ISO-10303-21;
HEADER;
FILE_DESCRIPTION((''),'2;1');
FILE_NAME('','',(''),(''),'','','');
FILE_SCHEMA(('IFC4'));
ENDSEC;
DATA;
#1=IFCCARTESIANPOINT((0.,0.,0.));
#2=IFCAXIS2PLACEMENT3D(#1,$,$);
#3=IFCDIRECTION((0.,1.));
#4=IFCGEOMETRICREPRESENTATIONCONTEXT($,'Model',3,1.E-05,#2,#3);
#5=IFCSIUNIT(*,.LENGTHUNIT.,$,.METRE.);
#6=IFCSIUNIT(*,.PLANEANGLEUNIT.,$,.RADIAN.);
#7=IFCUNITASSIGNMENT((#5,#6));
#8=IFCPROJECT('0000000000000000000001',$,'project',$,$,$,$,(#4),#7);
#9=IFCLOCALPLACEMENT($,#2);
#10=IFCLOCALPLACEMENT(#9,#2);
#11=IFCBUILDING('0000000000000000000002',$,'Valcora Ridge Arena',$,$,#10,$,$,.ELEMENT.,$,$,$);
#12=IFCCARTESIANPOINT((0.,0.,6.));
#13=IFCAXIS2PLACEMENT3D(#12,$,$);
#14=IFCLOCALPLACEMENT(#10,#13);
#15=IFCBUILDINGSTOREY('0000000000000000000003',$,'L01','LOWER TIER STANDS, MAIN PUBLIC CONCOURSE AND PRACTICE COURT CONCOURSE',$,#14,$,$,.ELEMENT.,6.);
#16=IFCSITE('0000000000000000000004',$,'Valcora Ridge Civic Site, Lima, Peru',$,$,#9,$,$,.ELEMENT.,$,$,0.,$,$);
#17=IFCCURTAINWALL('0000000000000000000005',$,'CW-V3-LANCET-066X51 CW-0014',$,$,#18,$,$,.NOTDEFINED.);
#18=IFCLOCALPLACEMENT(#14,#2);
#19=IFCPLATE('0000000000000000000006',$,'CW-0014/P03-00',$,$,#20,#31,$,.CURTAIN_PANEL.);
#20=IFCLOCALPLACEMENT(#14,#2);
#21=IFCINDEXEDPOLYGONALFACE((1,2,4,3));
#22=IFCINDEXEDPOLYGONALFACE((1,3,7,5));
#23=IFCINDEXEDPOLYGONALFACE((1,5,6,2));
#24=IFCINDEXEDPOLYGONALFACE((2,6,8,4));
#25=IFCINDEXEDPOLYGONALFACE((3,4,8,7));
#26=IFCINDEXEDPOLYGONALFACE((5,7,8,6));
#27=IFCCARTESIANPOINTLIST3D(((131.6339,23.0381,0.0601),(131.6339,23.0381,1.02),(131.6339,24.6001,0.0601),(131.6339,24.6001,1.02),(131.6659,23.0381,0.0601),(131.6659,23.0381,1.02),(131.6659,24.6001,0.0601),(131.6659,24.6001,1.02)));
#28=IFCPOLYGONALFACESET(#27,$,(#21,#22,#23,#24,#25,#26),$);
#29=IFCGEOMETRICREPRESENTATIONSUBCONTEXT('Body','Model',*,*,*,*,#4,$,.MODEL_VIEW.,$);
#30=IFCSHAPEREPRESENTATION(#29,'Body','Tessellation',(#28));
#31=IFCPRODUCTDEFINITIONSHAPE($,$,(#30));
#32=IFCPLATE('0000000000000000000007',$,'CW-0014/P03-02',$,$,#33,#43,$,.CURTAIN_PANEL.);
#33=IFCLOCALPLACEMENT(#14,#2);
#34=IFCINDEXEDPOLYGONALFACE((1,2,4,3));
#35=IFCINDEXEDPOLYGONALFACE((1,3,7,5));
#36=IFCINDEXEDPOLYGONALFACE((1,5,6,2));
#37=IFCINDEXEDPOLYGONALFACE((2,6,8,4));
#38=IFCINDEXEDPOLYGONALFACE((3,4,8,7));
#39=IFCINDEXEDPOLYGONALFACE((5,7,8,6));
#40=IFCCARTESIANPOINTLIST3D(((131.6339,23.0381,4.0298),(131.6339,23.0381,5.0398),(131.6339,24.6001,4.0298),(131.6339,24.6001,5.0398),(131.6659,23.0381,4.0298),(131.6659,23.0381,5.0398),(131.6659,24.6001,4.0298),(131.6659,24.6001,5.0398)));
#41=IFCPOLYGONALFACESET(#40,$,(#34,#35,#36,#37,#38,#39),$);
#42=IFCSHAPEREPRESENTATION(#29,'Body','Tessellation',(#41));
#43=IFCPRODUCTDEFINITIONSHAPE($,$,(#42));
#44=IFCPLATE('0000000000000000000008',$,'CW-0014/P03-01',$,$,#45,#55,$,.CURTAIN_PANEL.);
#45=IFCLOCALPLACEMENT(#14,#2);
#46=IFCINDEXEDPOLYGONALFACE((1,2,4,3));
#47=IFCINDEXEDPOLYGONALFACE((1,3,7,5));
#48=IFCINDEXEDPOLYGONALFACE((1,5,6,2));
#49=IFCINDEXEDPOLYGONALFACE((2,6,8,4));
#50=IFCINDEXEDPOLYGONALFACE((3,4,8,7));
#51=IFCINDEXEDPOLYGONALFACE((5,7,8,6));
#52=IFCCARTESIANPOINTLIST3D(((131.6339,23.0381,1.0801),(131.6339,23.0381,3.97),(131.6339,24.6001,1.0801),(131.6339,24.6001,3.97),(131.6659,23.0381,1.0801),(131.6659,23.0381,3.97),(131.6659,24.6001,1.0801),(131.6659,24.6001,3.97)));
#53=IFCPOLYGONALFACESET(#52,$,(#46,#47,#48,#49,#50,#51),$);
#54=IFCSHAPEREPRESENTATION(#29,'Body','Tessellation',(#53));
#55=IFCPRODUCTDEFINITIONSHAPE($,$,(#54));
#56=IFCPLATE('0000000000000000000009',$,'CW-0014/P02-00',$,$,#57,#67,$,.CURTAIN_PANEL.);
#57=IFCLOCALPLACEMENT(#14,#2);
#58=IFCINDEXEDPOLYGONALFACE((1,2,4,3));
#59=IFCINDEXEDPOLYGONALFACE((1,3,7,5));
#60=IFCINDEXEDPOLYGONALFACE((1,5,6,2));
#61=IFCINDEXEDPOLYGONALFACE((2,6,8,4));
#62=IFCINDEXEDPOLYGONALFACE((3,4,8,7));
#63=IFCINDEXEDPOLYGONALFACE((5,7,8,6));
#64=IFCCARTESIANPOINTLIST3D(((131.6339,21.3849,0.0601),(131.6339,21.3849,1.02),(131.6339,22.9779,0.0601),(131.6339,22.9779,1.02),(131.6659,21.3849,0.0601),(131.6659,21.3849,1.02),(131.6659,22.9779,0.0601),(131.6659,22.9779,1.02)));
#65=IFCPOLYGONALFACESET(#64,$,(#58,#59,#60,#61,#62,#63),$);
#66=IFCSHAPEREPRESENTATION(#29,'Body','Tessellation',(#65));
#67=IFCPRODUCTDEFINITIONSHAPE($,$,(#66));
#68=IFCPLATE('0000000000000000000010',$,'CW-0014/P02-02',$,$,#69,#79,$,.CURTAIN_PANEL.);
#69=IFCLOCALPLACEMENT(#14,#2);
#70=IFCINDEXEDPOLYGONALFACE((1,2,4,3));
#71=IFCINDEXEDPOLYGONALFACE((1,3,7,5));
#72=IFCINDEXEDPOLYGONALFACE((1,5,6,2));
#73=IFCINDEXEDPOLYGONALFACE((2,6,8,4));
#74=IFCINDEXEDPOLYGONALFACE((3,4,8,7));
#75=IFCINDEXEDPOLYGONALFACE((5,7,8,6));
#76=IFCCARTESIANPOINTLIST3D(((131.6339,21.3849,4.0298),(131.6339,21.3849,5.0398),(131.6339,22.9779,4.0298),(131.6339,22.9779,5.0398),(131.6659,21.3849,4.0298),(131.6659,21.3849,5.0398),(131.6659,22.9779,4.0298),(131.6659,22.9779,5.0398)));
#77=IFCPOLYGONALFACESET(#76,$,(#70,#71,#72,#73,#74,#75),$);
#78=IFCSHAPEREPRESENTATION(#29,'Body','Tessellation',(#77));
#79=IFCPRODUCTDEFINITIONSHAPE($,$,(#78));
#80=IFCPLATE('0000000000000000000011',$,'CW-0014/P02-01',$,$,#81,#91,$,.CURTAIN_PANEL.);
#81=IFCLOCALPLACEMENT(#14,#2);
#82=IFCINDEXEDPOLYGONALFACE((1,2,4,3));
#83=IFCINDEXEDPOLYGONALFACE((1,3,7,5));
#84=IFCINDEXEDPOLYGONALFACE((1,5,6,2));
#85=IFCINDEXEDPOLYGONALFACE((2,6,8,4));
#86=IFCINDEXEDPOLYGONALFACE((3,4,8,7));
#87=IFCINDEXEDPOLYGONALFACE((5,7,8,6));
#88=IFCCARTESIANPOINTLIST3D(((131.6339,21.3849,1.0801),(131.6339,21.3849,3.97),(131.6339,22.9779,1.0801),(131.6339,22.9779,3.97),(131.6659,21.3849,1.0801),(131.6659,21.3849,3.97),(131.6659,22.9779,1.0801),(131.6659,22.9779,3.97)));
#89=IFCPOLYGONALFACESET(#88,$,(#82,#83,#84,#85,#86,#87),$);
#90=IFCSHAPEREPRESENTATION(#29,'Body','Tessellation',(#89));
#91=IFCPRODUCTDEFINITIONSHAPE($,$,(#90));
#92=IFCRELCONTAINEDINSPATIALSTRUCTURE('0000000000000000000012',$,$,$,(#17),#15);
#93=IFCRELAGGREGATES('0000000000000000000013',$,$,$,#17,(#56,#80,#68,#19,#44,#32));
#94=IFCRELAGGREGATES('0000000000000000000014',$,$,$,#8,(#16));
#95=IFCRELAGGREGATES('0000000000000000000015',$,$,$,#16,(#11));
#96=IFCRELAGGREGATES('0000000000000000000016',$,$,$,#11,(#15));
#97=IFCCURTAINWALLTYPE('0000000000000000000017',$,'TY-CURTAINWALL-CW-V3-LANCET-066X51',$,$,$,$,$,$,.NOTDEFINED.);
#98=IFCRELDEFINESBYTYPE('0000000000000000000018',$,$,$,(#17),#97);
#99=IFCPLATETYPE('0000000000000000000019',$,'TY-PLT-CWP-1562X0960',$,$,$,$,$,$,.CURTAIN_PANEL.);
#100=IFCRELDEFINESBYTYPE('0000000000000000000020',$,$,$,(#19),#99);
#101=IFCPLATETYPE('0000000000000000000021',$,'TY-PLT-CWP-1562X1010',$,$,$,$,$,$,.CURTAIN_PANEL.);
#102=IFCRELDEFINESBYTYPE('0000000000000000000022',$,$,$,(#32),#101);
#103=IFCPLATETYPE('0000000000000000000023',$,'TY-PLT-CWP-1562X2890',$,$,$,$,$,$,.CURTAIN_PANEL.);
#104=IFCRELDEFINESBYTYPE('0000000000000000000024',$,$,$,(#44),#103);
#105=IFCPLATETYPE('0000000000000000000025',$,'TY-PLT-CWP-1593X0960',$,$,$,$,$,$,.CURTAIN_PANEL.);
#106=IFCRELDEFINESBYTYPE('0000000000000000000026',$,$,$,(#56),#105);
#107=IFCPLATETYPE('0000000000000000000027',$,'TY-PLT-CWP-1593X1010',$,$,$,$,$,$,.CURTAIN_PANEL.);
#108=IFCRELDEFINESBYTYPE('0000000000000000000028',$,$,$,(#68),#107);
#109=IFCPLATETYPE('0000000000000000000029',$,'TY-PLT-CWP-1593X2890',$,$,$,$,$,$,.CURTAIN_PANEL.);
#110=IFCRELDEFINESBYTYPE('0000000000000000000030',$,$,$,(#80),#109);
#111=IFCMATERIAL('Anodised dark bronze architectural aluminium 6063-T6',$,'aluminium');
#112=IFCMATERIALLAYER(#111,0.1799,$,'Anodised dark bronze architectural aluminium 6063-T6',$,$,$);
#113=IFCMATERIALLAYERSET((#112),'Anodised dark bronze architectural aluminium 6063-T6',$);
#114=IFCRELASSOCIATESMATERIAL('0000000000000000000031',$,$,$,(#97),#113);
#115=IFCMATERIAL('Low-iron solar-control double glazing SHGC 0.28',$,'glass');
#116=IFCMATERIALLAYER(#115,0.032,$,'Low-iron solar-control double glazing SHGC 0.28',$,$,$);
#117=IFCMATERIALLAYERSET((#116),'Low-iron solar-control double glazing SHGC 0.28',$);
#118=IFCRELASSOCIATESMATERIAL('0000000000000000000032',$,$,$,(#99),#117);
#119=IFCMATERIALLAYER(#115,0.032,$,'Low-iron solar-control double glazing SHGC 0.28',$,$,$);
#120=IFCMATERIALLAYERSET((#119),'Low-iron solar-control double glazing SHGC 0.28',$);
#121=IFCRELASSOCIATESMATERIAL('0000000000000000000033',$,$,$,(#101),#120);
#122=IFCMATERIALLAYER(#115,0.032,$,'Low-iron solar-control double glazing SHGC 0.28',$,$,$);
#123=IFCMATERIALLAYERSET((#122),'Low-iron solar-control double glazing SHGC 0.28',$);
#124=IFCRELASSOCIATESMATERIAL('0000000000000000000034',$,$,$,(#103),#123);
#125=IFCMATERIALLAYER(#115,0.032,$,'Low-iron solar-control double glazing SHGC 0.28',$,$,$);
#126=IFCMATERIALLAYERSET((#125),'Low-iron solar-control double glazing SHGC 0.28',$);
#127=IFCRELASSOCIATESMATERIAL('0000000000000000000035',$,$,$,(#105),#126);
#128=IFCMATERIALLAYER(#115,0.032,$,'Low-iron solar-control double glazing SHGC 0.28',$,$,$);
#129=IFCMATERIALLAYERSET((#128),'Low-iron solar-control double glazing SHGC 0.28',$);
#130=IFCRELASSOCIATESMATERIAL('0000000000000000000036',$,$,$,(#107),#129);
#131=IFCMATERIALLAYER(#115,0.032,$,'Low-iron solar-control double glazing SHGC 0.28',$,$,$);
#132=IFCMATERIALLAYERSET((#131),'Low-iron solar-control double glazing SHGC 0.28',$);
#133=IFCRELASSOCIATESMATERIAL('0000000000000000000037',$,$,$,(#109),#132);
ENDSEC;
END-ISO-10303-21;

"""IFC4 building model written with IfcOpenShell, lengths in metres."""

from ifc_helpers import new_model, si_unit, direction, frame, origin, origin_2d, place, context, subcontext, project, spatial, rectangle, extrude, material, layer, layer_set, type_object, element, aggregate, save


model = new_model("IFC4")

# Units and contexts
model_context = context("Model", 3, precision=1e-05, world=origin(), true_north=direction((0.0, 1.0)))
body_context = subcontext(model_context, "Body", "Model", "MODEL_VIEW")
ifc_project = project(units=[si_unit("LENGTHUNIT", "METRE"), si_unit("PLANEANGLEUNIT", "RADIAN")], contexts=[model_context])

# Site, building, storey
site_placement = place(None, origin())
site = spatial("IfcSite", under=ifc_project, at=site_placement, Name="Valcora Ridge Civic Site, Lima, Peru", CompositionType="ELEMENT", RefElevation=0.0)
building_placement = place(site_placement, origin())
building = spatial("IfcBuilding", under=site, at=building_placement, Name="Valcora Ridge Arena", CompositionType="ELEMENT")
storey_placement = place(building_placement, frame((0.0, 0.0, 6.0)))
storey = spatial("IfcBuildingStorey", under=building, at=storey_placement, Name="L01", Description="LOWER TIER STANDS, MAIN PUBLIC CONCOURSE AND PRACTICE COURT CONCOURSE", CompositionType="ELEMENT", Elevation=6.0)

# Curtain wall
ifc_material_1 = material(Name="Anodised dark bronze architectural aluminium 6063-T6", Category="aluminium")
ifc_layer_1 = layer(ifc_material_1, 0.1799, Name="Anodised dark bronze architectural aluminium 6063-T6")
ifc_layer_set_1 = layer_set([ifc_layer_1], Name="Anodised dark bronze architectural aluminium 6063-T6")
curtain_wall_type_1 = type_object("IfcCurtainWallType", Name="TY-CURTAINWALL-CW-V3-LANCET-066X51", PredefinedType="NOTDEFINED", material=ifc_layer_set_1)
curtain_wall_1_placement = place(storey_placement, origin())
curtain_wall_1 = element("IfcCurtainWall", 1, at=curtain_wall_1_placement, inside=storey, type_object=curtain_wall_type_1, Name="CW-V3-LANCET-066X51 CW-0014", PredefinedType="NOTDEFINED")

# Plates
ifc_material_2 = material(Name="Low-iron solar-control double glazing SHGC 0.28", Category="glass")
ifc_layer_2 = layer(ifc_material_2, 0.032, Name="Low-iron solar-control double glazing SHGC 0.28")
ifc_layer_set_2 = layer_set([ifc_layer_2], Name="Low-iron solar-control double glazing SHGC 0.28")
plate_type_1 = type_object("IfcPlateType", Name="TY-PLT-CWP-1562X0960", PredefinedType="CURTAIN_PANEL", material=ifc_layer_set_2)
plate_1_placement = place(storey_placement, frame((131.6499, 23.8191, 0.0601), z_axis=(0.0, 0.0, 1.0), x_axis=(0.0, 1.0, 0.0)))
plate_1 = element("IfcPlate", 2, at=plate_1_placement, type_object=plate_type_1, Name="CW-0014/P03-00", PredefinedType="CURTAIN_PANEL", context=body_context, shape_type="SweptSolid", body=[
    extrude(rectangle(XDim=1.562, YDim=0.032, at=origin_2d()), origin(), (0.0, 0.0, 1.0), 0.96),
])
ifc_layer_3 = layer(ifc_material_2, 0.032, Name="Low-iron solar-control double glazing SHGC 0.28")
ifc_layer_set_3 = layer_set([ifc_layer_3], Name="Low-iron solar-control double glazing SHGC 0.28")
plate_type_2 = type_object("IfcPlateType", Name="TY-PLT-CWP-1562X1010", PredefinedType="CURTAIN_PANEL", material=ifc_layer_set_3)
plate_2_placement = place(storey_placement, frame((131.6499, 23.8191, 4.0298), z_axis=(0.0, 0.0, 1.0), x_axis=(0.0, 1.0, 0.0)))
plate_2 = element("IfcPlate", 3, at=plate_2_placement, type_object=plate_type_2, Name="CW-0014/P03-02", PredefinedType="CURTAIN_PANEL", context=body_context, shape_type="SweptSolid", body=[
    extrude(rectangle(XDim=1.562, YDim=0.032, at=origin_2d()), origin(), (0.0, 0.0, 1.0), 1.01),
])
ifc_layer_4 = layer(ifc_material_2, 0.032, Name="Low-iron solar-control double glazing SHGC 0.28")
ifc_layer_set_4 = layer_set([ifc_layer_4], Name="Low-iron solar-control double glazing SHGC 0.28")
plate_type_3 = type_object("IfcPlateType", Name="TY-PLT-CWP-1562X2890", PredefinedType="CURTAIN_PANEL", material=ifc_layer_set_4)
plate_3_placement = place(storey_placement, frame((131.6499, 23.8191, 1.0801), z_axis=(0.0, 0.0, 1.0), x_axis=(0.0, 1.0, 0.0)))
plate_3 = element("IfcPlate", 4, at=plate_3_placement, type_object=plate_type_3, Name="CW-0014/P03-01", PredefinedType="CURTAIN_PANEL", context=body_context, shape_type="SweptSolid", body=[
    extrude(rectangle(XDim=1.562, YDim=0.032, at=origin_2d()), origin(), (0.0, 0.0, 1.0), 2.8899),
])
ifc_layer_5 = layer(ifc_material_2, 0.032, Name="Low-iron solar-control double glazing SHGC 0.28")
ifc_layer_set_5 = layer_set([ifc_layer_5], Name="Low-iron solar-control double glazing SHGC 0.28")
plate_type_4 = type_object("IfcPlateType", Name="TY-PLT-CWP-1593X0960", PredefinedType="CURTAIN_PANEL", material=ifc_layer_set_5)
plate_4_placement = place(storey_placement, frame((131.6499, 22.1814, 0.0601), z_axis=(0.0, 0.0, 1.0), x_axis=(0.0, 1.0, 0.0)))
plate_4 = element("IfcPlate", 5, at=plate_4_placement, type_object=plate_type_4, Name="CW-0014/P02-00", PredefinedType="CURTAIN_PANEL", context=body_context, shape_type="SweptSolid", body=[
    extrude(rectangle(XDim=1.593, YDim=0.032, at=origin_2d()), origin(), (0.0, 0.0, 1.0), 0.96),
])
ifc_layer_6 = layer(ifc_material_2, 0.032, Name="Low-iron solar-control double glazing SHGC 0.28")
ifc_layer_set_6 = layer_set([ifc_layer_6], Name="Low-iron solar-control double glazing SHGC 0.28")
plate_type_5 = type_object("IfcPlateType", Name="TY-PLT-CWP-1593X1010", PredefinedType="CURTAIN_PANEL", material=ifc_layer_set_6)
plate_5_placement = place(storey_placement, frame((131.6499, 22.1814, 4.0298), z_axis=(0.0, 0.0, 1.0), x_axis=(0.0, 1.0, 0.0)))
plate_5 = element("IfcPlate", 6, at=plate_5_placement, type_object=plate_type_5, Name="CW-0014/P02-02", PredefinedType="CURTAIN_PANEL", context=body_context, shape_type="SweptSolid", body=[
    extrude(rectangle(XDim=1.593, YDim=0.032, at=origin_2d()), origin(), (0.0, 0.0, 1.0), 1.01),
])
ifc_layer_7 = layer(ifc_material_2, 0.032, Name="Low-iron solar-control double glazing SHGC 0.28")
ifc_layer_set_7 = layer_set([ifc_layer_7], Name="Low-iron solar-control double glazing SHGC 0.28")
plate_type_6 = type_object("IfcPlateType", Name="TY-PLT-CWP-1593X2890", PredefinedType="CURTAIN_PANEL", material=ifc_layer_set_7)
plate_6_placement = place(storey_placement, frame((131.6499, 22.1814, 1.0801), z_axis=(0.0, 0.0, 1.0), x_axis=(0.0, 1.0, 0.0)))
plate_6 = element("IfcPlate", 7, at=plate_6_placement, type_object=plate_type_6, Name="CW-0014/P02-01", PredefinedType="CURTAIN_PANEL", context=body_context, shape_type="SweptSolid", body=[
    extrude(rectangle(XDim=1.593, YDim=0.032, at=origin_2d()), origin(), (0.0, 0.0, 1.0), 2.8899),
])
aggregate(curtain_wall_1, [plate_4, plate_6, plate_5, plate_1, plate_3, plate_2])

save(model, "model.ifc")
